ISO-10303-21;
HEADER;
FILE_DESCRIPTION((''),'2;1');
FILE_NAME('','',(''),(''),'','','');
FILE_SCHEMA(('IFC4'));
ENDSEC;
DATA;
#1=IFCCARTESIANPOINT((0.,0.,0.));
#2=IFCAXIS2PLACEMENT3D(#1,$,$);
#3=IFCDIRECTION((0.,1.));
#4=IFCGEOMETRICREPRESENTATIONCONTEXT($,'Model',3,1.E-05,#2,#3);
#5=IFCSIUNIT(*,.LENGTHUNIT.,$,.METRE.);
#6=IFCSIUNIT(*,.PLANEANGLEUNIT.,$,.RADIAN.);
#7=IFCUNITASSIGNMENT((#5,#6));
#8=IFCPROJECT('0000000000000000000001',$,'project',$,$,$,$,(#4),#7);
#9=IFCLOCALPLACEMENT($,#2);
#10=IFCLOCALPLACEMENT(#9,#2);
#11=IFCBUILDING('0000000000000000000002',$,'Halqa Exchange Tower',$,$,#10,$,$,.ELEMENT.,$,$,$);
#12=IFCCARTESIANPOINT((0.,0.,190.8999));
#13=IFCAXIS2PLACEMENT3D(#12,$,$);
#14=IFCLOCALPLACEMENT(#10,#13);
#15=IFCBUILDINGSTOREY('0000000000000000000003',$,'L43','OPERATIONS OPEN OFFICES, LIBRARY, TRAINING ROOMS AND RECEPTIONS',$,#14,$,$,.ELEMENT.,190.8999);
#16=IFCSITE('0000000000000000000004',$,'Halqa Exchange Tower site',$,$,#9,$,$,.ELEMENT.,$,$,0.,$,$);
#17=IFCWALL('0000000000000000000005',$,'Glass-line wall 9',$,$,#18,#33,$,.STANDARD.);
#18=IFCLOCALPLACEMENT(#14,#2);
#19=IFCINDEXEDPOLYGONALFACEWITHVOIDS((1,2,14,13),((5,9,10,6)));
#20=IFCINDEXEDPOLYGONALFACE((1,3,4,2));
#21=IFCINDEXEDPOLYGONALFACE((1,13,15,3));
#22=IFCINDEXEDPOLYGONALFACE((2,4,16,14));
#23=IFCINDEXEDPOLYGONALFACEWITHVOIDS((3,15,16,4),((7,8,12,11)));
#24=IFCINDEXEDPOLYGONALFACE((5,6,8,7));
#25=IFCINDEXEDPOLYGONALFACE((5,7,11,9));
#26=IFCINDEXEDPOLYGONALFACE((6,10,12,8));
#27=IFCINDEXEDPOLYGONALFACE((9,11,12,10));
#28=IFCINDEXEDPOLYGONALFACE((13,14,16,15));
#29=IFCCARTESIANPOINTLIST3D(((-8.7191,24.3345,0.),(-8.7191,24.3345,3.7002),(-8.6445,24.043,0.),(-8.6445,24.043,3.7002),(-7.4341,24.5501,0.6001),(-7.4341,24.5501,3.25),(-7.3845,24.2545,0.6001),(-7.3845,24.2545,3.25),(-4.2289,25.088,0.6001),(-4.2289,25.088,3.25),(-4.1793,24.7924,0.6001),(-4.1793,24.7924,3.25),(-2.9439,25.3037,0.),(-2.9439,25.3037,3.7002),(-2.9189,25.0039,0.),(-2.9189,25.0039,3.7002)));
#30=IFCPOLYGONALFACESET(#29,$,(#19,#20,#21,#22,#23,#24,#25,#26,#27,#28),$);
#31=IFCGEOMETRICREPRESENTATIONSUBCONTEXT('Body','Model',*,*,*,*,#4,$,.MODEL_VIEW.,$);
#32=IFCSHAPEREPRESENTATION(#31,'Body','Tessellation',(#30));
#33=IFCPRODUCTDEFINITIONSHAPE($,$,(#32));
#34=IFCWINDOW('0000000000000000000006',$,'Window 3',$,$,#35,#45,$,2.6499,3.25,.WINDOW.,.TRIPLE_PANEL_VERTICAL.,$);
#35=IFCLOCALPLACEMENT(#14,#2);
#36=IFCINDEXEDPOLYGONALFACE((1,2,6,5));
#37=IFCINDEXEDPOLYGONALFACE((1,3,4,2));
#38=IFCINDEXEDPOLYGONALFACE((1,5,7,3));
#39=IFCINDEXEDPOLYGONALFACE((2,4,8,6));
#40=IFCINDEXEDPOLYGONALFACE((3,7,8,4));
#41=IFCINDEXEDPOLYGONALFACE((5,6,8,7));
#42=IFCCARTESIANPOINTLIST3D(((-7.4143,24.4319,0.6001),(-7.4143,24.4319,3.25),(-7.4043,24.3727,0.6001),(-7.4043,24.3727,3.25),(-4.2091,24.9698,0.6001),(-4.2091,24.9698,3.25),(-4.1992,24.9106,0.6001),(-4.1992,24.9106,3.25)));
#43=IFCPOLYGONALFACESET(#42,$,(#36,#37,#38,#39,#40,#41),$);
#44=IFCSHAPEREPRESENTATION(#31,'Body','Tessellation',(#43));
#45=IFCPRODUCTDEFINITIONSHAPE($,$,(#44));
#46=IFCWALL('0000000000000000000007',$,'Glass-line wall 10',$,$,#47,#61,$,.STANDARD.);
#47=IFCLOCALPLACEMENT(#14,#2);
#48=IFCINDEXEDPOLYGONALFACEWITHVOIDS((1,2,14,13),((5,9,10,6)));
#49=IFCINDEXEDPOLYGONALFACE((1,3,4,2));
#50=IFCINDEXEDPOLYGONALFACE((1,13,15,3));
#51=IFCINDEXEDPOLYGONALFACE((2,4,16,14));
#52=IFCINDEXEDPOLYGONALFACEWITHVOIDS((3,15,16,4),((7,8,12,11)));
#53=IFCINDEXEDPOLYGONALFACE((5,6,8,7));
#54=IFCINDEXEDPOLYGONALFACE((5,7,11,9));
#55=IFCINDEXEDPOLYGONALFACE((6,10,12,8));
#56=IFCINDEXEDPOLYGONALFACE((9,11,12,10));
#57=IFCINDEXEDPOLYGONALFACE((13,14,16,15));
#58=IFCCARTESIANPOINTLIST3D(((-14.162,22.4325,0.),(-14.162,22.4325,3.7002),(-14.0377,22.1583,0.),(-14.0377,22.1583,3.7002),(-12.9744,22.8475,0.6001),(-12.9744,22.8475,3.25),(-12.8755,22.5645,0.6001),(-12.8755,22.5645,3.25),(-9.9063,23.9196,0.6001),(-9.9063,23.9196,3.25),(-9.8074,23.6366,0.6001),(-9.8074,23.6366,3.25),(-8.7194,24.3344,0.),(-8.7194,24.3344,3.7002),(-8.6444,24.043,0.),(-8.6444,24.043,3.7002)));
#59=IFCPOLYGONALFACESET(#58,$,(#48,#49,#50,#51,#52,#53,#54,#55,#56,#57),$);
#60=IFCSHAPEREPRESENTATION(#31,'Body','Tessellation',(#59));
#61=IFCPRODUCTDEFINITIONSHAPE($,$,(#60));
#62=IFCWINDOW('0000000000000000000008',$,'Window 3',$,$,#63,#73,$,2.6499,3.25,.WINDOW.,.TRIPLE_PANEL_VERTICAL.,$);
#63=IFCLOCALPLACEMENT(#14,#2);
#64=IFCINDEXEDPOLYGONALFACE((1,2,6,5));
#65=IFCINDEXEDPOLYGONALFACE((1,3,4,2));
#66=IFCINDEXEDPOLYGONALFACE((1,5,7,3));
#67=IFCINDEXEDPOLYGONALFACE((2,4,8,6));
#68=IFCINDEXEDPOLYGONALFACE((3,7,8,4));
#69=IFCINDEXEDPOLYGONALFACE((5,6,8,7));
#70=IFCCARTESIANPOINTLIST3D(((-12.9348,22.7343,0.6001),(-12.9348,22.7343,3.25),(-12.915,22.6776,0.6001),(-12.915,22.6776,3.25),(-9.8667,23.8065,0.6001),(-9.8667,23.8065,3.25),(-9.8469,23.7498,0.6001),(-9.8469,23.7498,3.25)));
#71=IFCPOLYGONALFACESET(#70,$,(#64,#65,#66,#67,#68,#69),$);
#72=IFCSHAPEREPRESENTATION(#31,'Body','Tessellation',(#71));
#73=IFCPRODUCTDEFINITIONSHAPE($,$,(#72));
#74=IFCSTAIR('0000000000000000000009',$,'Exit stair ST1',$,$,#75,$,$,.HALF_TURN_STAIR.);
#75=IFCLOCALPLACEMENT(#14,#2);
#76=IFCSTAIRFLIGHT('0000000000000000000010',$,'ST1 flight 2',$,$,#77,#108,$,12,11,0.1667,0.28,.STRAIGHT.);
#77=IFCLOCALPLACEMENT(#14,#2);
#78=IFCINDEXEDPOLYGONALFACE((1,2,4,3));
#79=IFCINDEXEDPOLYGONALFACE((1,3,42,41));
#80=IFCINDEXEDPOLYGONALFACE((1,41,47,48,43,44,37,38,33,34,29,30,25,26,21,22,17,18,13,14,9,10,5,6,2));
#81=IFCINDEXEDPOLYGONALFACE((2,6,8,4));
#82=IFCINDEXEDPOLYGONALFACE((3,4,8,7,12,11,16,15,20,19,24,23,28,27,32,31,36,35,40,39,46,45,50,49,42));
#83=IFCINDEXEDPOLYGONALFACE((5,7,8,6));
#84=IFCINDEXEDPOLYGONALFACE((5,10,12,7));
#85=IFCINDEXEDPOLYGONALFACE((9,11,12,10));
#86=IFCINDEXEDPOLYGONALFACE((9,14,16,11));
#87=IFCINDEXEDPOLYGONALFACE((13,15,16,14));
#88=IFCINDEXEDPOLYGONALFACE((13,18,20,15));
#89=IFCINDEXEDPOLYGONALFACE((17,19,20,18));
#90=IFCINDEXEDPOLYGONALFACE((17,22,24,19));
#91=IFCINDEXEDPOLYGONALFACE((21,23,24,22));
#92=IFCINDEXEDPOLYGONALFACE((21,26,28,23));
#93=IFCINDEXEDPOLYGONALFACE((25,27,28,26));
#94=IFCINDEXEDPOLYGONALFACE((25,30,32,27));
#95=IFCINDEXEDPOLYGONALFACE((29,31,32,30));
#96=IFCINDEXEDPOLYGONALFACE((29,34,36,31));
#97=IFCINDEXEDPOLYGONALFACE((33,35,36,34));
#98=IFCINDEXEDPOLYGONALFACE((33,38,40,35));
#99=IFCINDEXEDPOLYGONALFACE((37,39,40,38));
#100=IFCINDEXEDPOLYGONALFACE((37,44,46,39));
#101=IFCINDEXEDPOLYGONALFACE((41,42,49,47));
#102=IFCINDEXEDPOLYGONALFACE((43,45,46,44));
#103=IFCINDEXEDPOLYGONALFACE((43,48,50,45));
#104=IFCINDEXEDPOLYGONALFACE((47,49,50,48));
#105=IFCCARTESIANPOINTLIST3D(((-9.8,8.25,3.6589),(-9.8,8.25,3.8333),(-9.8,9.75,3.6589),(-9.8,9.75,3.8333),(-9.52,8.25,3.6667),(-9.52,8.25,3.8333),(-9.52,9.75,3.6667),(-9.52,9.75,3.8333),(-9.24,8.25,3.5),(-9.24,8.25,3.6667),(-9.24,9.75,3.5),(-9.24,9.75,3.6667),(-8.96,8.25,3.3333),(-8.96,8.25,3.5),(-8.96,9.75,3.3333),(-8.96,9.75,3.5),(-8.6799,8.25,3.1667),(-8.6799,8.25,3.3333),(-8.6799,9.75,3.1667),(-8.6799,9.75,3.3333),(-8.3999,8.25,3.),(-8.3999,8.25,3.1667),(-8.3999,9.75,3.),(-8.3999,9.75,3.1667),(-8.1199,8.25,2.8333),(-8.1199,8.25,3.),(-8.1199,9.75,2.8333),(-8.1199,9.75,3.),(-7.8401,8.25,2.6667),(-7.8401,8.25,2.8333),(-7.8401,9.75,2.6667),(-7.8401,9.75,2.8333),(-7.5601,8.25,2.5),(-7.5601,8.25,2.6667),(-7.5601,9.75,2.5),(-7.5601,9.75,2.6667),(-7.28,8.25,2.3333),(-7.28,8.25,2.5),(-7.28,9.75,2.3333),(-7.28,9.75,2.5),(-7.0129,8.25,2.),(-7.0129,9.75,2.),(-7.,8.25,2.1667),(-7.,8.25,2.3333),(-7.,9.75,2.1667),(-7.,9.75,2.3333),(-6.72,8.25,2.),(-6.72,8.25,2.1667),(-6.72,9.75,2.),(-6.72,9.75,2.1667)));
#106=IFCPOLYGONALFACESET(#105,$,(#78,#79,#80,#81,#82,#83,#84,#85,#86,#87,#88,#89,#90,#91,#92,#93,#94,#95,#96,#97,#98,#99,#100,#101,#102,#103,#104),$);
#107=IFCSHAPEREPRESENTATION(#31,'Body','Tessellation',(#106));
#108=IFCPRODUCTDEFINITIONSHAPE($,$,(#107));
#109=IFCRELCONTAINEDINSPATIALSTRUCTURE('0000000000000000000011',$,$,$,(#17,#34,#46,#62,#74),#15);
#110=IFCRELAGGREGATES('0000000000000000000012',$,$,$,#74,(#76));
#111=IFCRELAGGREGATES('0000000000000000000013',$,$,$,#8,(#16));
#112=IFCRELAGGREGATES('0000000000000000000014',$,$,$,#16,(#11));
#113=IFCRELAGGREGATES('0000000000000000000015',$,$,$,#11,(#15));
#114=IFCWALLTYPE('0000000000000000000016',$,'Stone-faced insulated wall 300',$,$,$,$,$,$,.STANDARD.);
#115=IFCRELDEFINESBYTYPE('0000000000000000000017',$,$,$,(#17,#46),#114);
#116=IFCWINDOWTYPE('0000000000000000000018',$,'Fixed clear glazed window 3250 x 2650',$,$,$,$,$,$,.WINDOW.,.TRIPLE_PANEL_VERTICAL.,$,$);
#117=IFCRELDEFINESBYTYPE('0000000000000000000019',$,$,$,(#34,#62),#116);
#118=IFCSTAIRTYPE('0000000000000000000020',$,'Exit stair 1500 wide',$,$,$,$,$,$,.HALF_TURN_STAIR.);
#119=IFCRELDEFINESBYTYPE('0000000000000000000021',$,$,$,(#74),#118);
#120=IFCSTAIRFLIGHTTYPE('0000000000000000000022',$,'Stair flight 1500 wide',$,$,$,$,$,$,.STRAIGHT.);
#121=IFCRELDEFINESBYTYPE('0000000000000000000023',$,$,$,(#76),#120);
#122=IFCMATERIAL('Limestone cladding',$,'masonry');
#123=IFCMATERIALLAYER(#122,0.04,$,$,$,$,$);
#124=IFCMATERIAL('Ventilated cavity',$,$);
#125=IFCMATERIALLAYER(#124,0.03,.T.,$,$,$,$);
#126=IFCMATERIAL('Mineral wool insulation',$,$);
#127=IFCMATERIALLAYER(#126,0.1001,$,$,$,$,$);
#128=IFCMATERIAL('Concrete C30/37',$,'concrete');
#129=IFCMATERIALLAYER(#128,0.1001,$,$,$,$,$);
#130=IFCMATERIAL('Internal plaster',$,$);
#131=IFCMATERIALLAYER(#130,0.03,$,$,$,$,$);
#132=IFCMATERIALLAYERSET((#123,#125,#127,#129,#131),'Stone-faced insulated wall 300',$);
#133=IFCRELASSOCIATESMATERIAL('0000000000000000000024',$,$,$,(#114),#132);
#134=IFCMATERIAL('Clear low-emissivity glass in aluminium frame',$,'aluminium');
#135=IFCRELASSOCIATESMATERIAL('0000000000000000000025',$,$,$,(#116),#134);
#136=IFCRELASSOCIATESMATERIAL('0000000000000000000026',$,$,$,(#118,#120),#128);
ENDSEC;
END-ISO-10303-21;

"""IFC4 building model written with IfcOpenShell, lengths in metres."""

from ifc_helpers import new_model, si_unit, direction, frame, frame_2d, origin, place, context, subcontext, project, spatial, polyline, rectangle, outline, extrude, material, layer, layer_set, type_object, element, fill, aggregate, save


model = new_model("IFC4")

# Units and contexts
model_context = context("Model", 3, precision=1e-05, world=origin(), true_north=direction((0.0, 1.0)))
body_context = subcontext(model_context, "Body", "Model", "MODEL_VIEW")
ifc_project = project(units=[si_unit("LENGTHUNIT", "METRE"), si_unit("PLANEANGLEUNIT", "RADIAN")], contexts=[model_context])

# Site, building, storey
site_placement = place(None, origin())
site = spatial("IfcSite", under=ifc_project, at=site_placement, Name="Halqa Exchange Tower site", CompositionType="ELEMENT", RefElevation=0.0)
building_placement = place(site_placement, origin())
building = spatial("IfcBuilding", under=site, at=building_placement, Name="Halqa Exchange Tower", CompositionType="ELEMENT")
storey_placement = place(building_placement, frame((0.0, 0.0, 190.8999)))
storey = spatial("IfcBuildingStorey", under=building, at=storey_placement, Name="L43", Description="OPERATIONS OPEN OFFICES, LIBRARY, TRAINING ROOMS AND RECEPTIONS", CompositionType="ELEMENT", Elevation=190.8999)

# Shared definitions
ifc_material_1 = material(Name="Concrete C30/37", Category="concrete")

# Walls, openings, windows
ifc_material_2 = material(Name="Limestone cladding", Category="masonry")
ifc_layer_1 = layer(ifc_material_2, 0.04)
ifc_material_3 = material(Name="Ventilated cavity")
ifc_layer_2 = layer(ifc_material_3, 0.03, ventilated=True)
ifc_material_4 = material(Name="Mineral wool insulation")
ifc_layer_3 = layer(ifc_material_4, 0.1001)
ifc_layer_4 = layer(ifc_material_1, 0.1001)
ifc_material_5 = material(Name="Internal plaster")
ifc_layer_5 = layer(ifc_material_5, 0.03)
ifc_layer_set_1 = layer_set([ifc_layer_1, ifc_layer_2, ifc_layer_3, ifc_layer_4, ifc_layer_5], Name="Stone-faced insulated wall 300")
wall_type_1 = type_object("IfcWallType", Name="Stone-faced insulated wall 300", PredefinedType="STANDARD", material=ifc_layer_set_1)
wall_1_placement = place(storey_placement, frame((-2.9314, 25.1538, 0.0), z_axis=(0.0, 0.0, 1.0), x_axis=(-0.986208, -0.165512, 0.0)))
wall_1 = element("IfcWall", 1, at=wall_1_placement, inside=storey, type_object=wall_type_1, Name="Glass-line wall 9", PredefinedType="STANDARD", context=body_context, shape_type="SweptSolid", body=[
    extrude(outline(polyline([(-0.0125, -0.1499), (5.8435, -0.1499), (5.8181, 0.1499), (0.0125, 0.1499), (-0.0125, -0.1499)])), origin(), (0.0, 0.0, 1.0), 3.7002),
])
opening_1_placement = place(wall_1_placement, frame((1.2905, 0.0, 0.6001)))
opening_1 = element("IfcOpeningElement", 2, at=opening_1_placement, cuts=wall_1, PredefinedType="OPENING", context=body_context, shape_type="SweptSolid", body=[
    extrude(rectangle(XDim=3.25, YDim=2.6499, at=frame_2d((1.625, 1.325))), frame((0.0, 0.1621, 0.0), z_axis=(0.0, -1.0, 0.0), x_axis=(1.0, 0.0, 0.0)), (0.0, 0.0, 1.0), 0.324),
])
ifc_material_6 = material(Name="Clear low-emissivity glass in aluminium frame", Category="aluminium")
window_type = type_object("IfcWindowType", Name="Fixed clear glazed window 3250 x 2650", PartitioningType="TRIPLE_PANEL_VERTICAL", PredefinedType="WINDOW", material=ifc_material_6)
window_1_placement = place(opening_1_placement, origin())
window_1 = element("IfcWindow", 3, at=window_1_placement, inside=storey, type_object=window_type, Name="Window 3", OverallHeight=2.6499, OverallWidth=3.25, PartitioningType="TRIPLE_PANEL_VERTICAL", PredefinedType="WINDOW", context=body_context, shape_type="SweptSolid", body=[
    extrude(rectangle(XDim=3.25, YDim=2.6499, at=frame_2d((1.625, 1.325))), frame((0.0, 0.03, 0.0), z_axis=(0.0, -1.0, 0.0), x_axis=(1.0, 0.0, 0.0)), (0.0, 0.0, 1.0), 0.0601),
])
fill(opening_1, window_1)
wall_2_placement = place(storey_placement, frame((-8.6819, 24.1887, 0.0), z_axis=(0.0, 0.0, 1.0), x_axis=(-0.94402, -0.329888, 0.0)))
wall_2 = element("IfcWall", 4, at=wall_2_placement, inside=storey, type_object=wall_type_1, Name="Glass-line wall 10", PredefinedType="STANDARD", context=body_context, shape_type="SweptSolid", body=[
    extrude(outline(polyline([(-0.0127, -0.1499), (5.7527, -0.1499), (5.7258, 0.1499), (0.0127, 0.1499), (-0.0127, -0.1499)])), origin(), (0.0, 0.0, 1.0), 3.7002),
])
opening_2_placement = place(wall_2_placement, frame((1.2446, 0.0, 0.6001)))
opening_2 = element("IfcOpeningElement", 5, at=opening_2_placement, cuts=wall_2, PredefinedType="OPENING", context=body_context, shape_type="SweptSolid", body=[
    extrude(rectangle(XDim=3.25, YDim=2.6499, at=frame_2d((1.625, 1.325))), frame((0.0, 0.1621, 0.0), z_axis=(0.0, -1.0, 0.0), x_axis=(1.0, 0.0, 0.0)), (0.0, 0.0, 1.0), 0.324),
])
window_2_placement = place(opening_2_placement, origin())
window_2 = element("IfcWindow", 6, at=window_2_placement, inside=storey, type_object=window_type, Name="Window 3", OverallHeight=2.6499, OverallWidth=3.25, PartitioningType="TRIPLE_PANEL_VERTICAL", PredefinedType="WINDOW", context=body_context, shape_type="SweptSolid", body=[
    extrude(rectangle(XDim=3.25, YDim=2.6499, at=frame_2d((1.625, 1.325))), frame((0.0, 0.03, 0.0), z_axis=(0.0, -1.0, 0.0), x_axis=(1.0, 0.0, 0.0)), (0.0, 0.0, 1.0), 0.0601),
])
fill(opening_2, window_2)

# Stair, stair flight
stair_type = type_object("IfcStairType", Name="Exit stair 1500 wide", PredefinedType="HALF_TURN_STAIR", material=ifc_material_1)
stair_placement = place(storey_placement, origin())
stair = element("IfcStair", 7, at=stair_placement, inside=storey, type_object=stair_type, Name="Exit stair ST1", PredefinedType="HALF_TURN_STAIR")
stair_flight_type = type_object("IfcStairFlightType", Name="Stair flight 1500 wide", PredefinedType="STRAIGHT", material=ifc_material_1)
stair_flight_placement = place(storey_placement, frame((-6.72, 9.0, 2.0), z_axis=(0.0, 0.0, 1.0), x_axis=(-1.0, 0.0, 0.0)))
stair_flight = element("IfcStairFlight", 8, at=stair_flight_placement, type_object=stair_flight_type, Name="ST1 flight 2", NumberOfRisers=12, NumberOfTreads=11, PredefinedType="STRAIGHT", RiserHeight=0.1667, TreadLength=0.28, context=body_context, shape_type="SweptSolid", body=[
    extrude(outline(polyline([(0.0, 0.0), (0.0, 0.1667), (0.28, 0.1667), (0.28, 0.3333), (0.5601, 0.3333), (0.5601, 0.5), (0.8401, 0.5), (0.8401, 0.6667), (1.1201, 0.6667), (1.1201, 0.8333), (1.3999, 0.8333), (1.3999, 1.0), (1.6799, 1.0), (1.6799, 1.1667), (1.96, 1.1667), (1.96, 1.3333), (2.24, 1.3333), (2.24, 1.5), (2.52, 1.5), (2.52, 1.6667), (2.8, 1.6667), (2.8, 1.8333), (3.0801, 1.8333), (3.0801, 2.0), (3.0801, 1.6589), (0.293, 0.0), (0.0, 0.0)])), frame((0.0, 0.75, 0.0), z_axis=(0.0, -1.0, 0.0), x_axis=(1.0, 0.0, 0.0)), (0.0, 0.0, 1.0), 1.5),
])
aggregate(stair, [stair_flight])

save(model, "model.ifc")
